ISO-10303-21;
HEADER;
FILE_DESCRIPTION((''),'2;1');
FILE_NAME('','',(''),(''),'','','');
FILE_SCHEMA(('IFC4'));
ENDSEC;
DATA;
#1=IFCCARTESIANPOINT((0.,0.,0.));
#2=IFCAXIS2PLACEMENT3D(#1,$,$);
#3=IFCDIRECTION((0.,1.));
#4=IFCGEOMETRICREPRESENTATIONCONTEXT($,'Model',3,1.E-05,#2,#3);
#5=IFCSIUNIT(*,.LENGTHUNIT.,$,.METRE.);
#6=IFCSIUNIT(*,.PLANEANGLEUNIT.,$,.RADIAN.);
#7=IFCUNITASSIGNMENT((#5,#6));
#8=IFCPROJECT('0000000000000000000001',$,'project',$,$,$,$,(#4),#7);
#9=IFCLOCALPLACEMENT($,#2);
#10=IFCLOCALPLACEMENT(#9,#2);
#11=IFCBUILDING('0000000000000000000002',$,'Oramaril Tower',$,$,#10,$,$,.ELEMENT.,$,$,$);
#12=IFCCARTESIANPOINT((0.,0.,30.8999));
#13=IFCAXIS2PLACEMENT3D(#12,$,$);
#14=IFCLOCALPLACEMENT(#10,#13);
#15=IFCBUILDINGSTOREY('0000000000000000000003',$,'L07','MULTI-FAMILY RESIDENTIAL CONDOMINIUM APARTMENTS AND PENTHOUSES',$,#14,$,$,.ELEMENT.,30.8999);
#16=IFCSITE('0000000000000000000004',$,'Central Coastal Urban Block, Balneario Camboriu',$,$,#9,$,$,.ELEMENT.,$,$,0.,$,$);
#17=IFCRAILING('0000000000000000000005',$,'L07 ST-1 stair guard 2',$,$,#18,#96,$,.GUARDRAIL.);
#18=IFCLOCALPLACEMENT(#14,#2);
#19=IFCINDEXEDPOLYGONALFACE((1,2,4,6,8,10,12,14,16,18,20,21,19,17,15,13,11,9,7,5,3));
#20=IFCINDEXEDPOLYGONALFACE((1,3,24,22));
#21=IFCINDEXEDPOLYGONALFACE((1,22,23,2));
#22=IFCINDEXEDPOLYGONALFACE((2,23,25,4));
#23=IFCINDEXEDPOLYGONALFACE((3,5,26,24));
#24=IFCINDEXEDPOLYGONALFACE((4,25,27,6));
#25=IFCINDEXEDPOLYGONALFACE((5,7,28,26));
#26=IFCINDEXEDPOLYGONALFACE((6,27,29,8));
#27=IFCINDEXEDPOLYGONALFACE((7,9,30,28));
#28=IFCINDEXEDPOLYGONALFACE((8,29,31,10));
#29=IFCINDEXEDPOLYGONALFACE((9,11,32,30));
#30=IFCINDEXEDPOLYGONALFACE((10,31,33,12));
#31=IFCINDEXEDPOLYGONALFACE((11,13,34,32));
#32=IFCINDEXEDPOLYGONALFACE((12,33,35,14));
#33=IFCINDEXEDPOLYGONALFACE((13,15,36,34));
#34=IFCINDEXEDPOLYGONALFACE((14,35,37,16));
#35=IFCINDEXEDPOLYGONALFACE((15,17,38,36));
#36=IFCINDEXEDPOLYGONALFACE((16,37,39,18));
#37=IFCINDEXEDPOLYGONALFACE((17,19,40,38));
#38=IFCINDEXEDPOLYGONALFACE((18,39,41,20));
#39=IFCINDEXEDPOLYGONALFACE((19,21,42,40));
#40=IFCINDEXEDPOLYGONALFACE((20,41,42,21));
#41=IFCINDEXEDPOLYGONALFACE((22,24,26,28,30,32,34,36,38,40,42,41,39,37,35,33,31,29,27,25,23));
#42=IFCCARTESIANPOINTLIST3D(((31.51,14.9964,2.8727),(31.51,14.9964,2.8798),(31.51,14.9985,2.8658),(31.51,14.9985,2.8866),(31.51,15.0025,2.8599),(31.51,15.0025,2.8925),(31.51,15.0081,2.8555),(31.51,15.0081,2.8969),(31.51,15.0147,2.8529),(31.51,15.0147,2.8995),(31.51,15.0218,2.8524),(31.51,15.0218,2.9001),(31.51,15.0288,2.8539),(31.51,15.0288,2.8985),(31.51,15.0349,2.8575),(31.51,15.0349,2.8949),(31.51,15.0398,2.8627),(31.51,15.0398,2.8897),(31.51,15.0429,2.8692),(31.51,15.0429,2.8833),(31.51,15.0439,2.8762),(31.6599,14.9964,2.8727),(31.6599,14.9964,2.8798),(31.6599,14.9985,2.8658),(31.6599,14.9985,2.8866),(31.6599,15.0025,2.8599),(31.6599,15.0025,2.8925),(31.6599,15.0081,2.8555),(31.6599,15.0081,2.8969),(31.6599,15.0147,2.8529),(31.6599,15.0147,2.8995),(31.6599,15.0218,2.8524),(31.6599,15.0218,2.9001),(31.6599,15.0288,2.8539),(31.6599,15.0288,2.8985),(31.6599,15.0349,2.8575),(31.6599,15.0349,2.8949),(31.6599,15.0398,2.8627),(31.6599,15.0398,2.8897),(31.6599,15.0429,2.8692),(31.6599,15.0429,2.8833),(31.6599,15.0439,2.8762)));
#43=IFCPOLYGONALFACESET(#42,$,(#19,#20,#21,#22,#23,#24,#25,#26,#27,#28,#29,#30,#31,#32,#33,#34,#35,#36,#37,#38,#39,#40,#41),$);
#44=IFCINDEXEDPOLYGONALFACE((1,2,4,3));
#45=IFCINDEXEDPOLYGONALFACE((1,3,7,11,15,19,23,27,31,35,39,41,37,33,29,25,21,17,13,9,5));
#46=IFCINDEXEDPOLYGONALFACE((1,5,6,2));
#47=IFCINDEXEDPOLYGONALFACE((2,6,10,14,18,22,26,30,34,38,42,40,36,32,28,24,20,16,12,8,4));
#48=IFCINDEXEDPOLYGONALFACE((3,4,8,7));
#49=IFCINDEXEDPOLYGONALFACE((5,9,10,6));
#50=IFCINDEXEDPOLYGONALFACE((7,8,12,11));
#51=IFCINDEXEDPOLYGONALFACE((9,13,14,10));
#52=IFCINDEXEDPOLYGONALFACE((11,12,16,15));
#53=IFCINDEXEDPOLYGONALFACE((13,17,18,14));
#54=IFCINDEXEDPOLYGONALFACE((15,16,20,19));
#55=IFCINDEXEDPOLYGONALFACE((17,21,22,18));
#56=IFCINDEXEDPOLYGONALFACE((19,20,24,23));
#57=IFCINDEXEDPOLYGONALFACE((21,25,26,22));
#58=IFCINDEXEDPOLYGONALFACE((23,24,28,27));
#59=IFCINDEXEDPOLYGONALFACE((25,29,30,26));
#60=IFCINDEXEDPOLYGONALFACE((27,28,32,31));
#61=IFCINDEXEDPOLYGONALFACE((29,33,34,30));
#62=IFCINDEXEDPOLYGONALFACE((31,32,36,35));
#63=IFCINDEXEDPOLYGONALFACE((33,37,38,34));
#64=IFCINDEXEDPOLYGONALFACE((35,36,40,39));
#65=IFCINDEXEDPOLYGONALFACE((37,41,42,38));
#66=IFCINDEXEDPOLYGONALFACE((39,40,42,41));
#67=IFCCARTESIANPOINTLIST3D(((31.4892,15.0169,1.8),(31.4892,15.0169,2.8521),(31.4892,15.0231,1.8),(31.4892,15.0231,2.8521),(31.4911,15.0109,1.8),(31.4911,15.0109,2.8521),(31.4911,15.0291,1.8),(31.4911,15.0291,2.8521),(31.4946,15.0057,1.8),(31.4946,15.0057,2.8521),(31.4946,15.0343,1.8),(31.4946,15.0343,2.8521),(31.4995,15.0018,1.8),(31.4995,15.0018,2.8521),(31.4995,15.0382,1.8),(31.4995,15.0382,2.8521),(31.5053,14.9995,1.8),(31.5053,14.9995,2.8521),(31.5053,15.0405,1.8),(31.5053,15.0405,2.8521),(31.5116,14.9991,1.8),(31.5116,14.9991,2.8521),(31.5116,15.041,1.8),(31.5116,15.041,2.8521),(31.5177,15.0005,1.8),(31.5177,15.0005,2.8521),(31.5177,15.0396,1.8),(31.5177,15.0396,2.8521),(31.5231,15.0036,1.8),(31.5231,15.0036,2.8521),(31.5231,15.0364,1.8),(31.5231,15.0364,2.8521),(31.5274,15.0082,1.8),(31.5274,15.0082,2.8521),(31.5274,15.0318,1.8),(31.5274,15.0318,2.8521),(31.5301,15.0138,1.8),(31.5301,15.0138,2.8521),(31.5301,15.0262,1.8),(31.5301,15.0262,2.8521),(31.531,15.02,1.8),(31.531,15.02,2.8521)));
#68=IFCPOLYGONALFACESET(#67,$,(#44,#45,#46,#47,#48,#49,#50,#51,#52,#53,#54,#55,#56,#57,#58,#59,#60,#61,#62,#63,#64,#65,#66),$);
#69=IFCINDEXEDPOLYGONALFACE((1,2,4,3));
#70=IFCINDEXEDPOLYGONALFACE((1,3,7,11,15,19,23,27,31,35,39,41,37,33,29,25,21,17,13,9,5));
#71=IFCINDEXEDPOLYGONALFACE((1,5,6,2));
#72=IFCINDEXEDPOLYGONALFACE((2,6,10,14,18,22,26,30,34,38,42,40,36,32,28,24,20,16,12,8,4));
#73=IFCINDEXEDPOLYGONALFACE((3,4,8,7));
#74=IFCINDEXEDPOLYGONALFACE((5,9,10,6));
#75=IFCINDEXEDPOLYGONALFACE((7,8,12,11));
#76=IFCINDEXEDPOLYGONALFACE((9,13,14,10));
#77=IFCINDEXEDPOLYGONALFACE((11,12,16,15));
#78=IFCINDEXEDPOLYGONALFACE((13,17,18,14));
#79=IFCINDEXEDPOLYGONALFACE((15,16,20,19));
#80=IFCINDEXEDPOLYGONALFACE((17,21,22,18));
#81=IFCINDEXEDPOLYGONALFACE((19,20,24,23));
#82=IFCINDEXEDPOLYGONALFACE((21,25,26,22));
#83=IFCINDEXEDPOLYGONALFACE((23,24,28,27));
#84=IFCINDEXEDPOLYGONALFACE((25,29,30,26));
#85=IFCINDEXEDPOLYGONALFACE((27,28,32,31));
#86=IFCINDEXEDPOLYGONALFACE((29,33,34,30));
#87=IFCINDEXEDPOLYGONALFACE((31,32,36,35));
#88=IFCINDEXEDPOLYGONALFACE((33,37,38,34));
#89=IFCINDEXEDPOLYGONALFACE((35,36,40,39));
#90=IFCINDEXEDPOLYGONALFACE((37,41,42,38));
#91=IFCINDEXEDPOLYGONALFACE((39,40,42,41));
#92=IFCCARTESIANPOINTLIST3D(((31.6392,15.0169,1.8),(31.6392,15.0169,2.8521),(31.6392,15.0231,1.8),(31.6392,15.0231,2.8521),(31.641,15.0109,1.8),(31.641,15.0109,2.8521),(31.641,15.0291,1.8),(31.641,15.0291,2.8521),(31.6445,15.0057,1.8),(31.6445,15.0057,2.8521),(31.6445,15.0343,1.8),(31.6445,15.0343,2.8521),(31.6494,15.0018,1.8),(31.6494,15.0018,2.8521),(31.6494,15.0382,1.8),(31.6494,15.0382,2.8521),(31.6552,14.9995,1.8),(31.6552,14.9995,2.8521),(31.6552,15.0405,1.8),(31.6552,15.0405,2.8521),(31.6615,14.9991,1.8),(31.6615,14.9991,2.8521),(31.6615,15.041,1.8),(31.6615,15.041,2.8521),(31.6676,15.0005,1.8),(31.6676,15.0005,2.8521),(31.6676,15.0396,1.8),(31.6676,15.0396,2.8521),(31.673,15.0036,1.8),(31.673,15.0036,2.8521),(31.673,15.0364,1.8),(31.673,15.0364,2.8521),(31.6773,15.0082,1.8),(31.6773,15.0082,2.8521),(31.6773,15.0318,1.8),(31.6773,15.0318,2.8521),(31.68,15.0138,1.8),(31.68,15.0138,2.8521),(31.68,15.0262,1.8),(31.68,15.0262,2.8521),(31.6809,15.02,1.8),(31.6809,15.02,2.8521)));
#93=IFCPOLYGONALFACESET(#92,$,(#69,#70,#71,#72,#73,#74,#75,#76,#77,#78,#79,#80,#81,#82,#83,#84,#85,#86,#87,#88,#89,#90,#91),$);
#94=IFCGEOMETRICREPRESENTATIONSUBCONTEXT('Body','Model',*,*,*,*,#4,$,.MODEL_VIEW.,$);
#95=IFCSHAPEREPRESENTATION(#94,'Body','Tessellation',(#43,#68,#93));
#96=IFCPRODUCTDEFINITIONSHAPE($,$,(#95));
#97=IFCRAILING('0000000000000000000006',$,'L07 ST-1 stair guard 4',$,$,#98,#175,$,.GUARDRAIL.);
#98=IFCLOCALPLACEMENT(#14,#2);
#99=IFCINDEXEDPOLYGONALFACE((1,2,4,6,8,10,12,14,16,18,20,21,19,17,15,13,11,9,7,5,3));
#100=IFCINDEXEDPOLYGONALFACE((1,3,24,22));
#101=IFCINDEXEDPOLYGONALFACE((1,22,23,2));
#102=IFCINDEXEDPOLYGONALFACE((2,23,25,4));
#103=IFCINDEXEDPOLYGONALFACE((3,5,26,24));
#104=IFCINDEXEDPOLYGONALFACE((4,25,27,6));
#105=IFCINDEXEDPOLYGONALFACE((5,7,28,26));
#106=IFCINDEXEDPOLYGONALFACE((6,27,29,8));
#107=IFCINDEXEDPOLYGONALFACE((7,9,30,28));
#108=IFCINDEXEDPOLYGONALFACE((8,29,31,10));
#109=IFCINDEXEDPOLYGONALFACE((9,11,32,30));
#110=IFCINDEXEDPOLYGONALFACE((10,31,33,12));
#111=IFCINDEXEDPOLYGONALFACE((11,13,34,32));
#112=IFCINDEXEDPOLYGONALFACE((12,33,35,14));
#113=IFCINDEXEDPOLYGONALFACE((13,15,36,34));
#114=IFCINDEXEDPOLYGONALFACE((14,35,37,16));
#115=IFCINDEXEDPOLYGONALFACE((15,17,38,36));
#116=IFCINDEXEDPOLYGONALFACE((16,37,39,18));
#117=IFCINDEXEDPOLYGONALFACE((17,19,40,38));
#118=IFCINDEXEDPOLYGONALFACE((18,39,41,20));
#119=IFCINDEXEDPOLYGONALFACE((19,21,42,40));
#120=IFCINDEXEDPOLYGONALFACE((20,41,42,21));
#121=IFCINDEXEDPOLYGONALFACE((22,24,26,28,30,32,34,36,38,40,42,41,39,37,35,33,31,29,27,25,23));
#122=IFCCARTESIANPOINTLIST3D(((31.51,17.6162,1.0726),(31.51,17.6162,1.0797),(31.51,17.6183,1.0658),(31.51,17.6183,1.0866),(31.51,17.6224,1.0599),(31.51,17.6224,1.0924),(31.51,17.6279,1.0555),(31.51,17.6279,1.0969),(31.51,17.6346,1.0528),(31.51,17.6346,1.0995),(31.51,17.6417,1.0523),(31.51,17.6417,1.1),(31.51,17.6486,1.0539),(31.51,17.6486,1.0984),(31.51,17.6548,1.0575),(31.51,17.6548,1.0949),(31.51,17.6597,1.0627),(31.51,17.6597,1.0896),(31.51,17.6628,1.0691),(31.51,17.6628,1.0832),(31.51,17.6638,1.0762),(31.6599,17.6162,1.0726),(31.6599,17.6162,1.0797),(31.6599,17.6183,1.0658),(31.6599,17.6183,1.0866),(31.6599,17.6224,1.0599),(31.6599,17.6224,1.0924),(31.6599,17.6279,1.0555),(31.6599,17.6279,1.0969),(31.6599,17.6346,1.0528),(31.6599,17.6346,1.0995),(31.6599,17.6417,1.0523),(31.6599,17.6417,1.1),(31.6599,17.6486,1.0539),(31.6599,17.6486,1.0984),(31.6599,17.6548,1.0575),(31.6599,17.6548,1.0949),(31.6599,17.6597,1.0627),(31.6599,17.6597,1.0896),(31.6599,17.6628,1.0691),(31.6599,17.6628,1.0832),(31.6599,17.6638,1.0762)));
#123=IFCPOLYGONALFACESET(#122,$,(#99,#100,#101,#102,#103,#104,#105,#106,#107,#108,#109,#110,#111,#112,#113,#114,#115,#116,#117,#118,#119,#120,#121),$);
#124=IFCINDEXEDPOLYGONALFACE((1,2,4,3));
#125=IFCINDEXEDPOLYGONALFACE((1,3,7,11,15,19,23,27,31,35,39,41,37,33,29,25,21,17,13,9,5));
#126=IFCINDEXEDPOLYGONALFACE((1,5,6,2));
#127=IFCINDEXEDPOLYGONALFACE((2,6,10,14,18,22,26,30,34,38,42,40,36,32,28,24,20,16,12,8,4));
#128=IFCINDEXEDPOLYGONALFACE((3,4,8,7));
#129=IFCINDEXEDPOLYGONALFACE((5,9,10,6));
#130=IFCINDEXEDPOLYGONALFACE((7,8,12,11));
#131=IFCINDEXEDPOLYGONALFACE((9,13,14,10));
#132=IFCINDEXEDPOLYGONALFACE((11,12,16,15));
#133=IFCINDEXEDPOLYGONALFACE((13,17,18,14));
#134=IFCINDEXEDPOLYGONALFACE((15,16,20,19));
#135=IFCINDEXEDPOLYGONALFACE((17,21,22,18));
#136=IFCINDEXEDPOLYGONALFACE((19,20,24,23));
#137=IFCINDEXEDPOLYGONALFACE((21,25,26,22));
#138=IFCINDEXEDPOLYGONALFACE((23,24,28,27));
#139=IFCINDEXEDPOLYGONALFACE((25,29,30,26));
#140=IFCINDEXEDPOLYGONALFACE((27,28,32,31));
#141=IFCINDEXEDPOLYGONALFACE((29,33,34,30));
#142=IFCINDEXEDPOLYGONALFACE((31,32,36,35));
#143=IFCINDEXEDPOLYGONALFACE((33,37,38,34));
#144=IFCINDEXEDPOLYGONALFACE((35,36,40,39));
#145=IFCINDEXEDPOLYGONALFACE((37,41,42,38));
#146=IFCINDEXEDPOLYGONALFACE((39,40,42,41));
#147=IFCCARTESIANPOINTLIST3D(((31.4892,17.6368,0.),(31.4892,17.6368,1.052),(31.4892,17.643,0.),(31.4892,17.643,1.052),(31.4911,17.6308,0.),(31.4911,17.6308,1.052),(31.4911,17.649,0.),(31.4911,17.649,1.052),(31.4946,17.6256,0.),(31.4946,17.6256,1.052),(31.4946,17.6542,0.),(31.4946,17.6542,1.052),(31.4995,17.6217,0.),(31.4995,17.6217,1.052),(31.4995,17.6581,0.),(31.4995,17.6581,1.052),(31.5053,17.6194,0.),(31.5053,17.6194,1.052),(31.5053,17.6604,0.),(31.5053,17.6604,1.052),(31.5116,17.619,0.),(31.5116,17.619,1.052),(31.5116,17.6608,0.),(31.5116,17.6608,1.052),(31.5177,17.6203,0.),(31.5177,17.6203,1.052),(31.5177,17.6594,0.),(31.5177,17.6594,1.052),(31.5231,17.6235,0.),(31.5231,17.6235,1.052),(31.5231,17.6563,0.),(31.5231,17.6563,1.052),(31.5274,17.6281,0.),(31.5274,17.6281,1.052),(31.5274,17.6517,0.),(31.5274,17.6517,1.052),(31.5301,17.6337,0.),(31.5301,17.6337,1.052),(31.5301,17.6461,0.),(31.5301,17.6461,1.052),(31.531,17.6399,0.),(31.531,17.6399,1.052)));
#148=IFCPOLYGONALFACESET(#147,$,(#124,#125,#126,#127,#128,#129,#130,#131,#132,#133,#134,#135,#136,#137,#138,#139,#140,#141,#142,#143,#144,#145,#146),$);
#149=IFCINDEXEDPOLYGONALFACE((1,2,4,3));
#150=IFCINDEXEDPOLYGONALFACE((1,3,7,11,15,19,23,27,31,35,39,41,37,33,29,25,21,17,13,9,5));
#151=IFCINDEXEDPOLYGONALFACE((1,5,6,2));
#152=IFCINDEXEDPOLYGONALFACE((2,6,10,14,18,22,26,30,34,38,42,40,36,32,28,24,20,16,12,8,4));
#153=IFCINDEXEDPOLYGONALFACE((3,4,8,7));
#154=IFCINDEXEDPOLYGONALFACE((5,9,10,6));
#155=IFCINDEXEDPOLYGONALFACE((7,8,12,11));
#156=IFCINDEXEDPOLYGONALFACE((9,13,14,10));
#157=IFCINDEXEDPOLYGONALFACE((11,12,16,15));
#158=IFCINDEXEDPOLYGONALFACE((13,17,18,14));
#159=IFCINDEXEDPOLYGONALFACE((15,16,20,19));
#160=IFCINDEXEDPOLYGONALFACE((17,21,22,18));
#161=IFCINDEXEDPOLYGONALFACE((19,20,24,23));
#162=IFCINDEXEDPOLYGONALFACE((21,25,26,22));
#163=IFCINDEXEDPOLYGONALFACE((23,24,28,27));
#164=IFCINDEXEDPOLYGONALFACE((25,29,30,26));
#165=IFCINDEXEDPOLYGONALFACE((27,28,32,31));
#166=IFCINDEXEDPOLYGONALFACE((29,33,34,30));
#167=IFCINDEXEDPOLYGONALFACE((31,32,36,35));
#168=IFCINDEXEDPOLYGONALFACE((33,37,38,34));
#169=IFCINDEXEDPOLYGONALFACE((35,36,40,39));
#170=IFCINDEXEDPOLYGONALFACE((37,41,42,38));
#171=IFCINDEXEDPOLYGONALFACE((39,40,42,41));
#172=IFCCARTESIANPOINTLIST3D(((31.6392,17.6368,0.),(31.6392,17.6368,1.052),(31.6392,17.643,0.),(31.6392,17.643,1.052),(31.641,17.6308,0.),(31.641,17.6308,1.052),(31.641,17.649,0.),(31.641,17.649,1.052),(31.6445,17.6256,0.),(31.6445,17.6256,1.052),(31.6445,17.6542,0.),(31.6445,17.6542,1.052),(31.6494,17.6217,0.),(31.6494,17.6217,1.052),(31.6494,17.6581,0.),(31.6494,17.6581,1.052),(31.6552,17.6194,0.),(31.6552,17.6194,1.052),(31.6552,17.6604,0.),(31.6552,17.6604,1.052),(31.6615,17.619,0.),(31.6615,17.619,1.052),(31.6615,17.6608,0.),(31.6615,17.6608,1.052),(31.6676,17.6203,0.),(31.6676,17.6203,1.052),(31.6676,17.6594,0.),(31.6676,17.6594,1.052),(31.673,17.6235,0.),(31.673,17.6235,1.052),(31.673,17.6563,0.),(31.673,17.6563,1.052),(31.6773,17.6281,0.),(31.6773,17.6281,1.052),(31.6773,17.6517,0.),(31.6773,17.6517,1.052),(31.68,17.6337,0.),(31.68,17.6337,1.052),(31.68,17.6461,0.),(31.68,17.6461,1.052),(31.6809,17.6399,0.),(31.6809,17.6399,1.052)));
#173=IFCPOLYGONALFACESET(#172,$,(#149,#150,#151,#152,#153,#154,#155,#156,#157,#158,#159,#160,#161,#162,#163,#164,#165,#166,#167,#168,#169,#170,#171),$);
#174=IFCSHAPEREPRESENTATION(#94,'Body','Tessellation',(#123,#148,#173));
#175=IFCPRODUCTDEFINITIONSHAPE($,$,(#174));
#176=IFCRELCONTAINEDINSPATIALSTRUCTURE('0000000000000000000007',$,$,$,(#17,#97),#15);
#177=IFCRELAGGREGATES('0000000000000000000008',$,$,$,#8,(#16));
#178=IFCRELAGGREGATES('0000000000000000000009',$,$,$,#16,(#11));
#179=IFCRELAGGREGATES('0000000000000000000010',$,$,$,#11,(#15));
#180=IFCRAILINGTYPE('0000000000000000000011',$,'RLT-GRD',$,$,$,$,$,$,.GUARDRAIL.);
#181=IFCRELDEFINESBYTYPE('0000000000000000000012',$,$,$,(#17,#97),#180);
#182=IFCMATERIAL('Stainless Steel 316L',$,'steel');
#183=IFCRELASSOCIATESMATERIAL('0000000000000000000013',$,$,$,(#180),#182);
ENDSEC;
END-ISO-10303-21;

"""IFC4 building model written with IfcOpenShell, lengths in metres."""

from ifc_helpers import new_model, si_unit, direction, frame, origin, origin_2d, place, context, subcontext, project, spatial, circle, extrude, material, type_object, element, save


model = new_model("IFC4")

# Units and contexts
model_context = context("Model", 3, precision=1e-05, world=origin(), true_north=direction((0.0, 1.0)))
body_context = subcontext(model_context, "Body", "Model", "MODEL_VIEW")
ifc_project = project(units=[si_unit("LENGTHUNIT", "METRE"), si_unit("PLANEANGLEUNIT", "RADIAN")], contexts=[model_context])

# Site, building, storey
site_placement = place(None, origin())
site = spatial("IfcSite", under=ifc_project, at=site_placement, Name="Central Coastal Urban Block, Balneario Camboriu", CompositionType="ELEMENT", RefElevation=0.0)
building_placement = place(site_placement, origin())
building = spatial("IfcBuilding", under=site, at=building_placement, Name="Oramaril Tower", CompositionType="ELEMENT")
storey_placement = place(building_placement, frame((0.0, 0.0, 30.8999)))
storey = spatial("IfcBuildingStorey", under=building, at=storey_placement, Name="L07", Description="MULTI-FAMILY RESIDENTIAL CONDOMINIUM APARTMENTS AND PENTHOUSES", CompositionType="ELEMENT", Elevation=30.8999)

# Railings
ifc_material_1 = material(Name="Stainless Steel 316L", Category="steel")
railing_type_1 = type_object("IfcRailingType", Name="RLT-GRD", PredefinedType="GUARDRAIL", material=ifc_material_1)
for number, where, name in (
    (1, (31.51, 15.02, 1.8), "L07 ST-1 stair guard 2"),
    (2, (31.51, 17.6399, 0.0), "L07 ST-1 stair guard 4"),
):
    element("IfcRailing", number, at=place(storey_placement, frame(where)), inside=storey, type_object=railing_type_1, Name=name, PredefinedType="GUARDRAIL", context=body_context, shape_type="SweptSolid", body=[
        extrude(circle(Radius=0.0239, at=origin_2d()), frame((0.0, 0.0, 1.0762), z_axis=(1.0, 0.0, 0.0), x_axis=(0.0, 1.0, 0.0)), (0.0, 0.0, 1.0), 0.1499),
        extrude(circle(Radius=0.021, at=origin_2d()), origin(), (0.0, 0.0, 1.0), 1.052),
        extrude(circle(Radius=0.021, at=origin_2d()), frame((0.1499, 0.0, 0.0)), (0.0, 0.0, 1.0), 1.052),
    ])

save(model, "model.ifc")
